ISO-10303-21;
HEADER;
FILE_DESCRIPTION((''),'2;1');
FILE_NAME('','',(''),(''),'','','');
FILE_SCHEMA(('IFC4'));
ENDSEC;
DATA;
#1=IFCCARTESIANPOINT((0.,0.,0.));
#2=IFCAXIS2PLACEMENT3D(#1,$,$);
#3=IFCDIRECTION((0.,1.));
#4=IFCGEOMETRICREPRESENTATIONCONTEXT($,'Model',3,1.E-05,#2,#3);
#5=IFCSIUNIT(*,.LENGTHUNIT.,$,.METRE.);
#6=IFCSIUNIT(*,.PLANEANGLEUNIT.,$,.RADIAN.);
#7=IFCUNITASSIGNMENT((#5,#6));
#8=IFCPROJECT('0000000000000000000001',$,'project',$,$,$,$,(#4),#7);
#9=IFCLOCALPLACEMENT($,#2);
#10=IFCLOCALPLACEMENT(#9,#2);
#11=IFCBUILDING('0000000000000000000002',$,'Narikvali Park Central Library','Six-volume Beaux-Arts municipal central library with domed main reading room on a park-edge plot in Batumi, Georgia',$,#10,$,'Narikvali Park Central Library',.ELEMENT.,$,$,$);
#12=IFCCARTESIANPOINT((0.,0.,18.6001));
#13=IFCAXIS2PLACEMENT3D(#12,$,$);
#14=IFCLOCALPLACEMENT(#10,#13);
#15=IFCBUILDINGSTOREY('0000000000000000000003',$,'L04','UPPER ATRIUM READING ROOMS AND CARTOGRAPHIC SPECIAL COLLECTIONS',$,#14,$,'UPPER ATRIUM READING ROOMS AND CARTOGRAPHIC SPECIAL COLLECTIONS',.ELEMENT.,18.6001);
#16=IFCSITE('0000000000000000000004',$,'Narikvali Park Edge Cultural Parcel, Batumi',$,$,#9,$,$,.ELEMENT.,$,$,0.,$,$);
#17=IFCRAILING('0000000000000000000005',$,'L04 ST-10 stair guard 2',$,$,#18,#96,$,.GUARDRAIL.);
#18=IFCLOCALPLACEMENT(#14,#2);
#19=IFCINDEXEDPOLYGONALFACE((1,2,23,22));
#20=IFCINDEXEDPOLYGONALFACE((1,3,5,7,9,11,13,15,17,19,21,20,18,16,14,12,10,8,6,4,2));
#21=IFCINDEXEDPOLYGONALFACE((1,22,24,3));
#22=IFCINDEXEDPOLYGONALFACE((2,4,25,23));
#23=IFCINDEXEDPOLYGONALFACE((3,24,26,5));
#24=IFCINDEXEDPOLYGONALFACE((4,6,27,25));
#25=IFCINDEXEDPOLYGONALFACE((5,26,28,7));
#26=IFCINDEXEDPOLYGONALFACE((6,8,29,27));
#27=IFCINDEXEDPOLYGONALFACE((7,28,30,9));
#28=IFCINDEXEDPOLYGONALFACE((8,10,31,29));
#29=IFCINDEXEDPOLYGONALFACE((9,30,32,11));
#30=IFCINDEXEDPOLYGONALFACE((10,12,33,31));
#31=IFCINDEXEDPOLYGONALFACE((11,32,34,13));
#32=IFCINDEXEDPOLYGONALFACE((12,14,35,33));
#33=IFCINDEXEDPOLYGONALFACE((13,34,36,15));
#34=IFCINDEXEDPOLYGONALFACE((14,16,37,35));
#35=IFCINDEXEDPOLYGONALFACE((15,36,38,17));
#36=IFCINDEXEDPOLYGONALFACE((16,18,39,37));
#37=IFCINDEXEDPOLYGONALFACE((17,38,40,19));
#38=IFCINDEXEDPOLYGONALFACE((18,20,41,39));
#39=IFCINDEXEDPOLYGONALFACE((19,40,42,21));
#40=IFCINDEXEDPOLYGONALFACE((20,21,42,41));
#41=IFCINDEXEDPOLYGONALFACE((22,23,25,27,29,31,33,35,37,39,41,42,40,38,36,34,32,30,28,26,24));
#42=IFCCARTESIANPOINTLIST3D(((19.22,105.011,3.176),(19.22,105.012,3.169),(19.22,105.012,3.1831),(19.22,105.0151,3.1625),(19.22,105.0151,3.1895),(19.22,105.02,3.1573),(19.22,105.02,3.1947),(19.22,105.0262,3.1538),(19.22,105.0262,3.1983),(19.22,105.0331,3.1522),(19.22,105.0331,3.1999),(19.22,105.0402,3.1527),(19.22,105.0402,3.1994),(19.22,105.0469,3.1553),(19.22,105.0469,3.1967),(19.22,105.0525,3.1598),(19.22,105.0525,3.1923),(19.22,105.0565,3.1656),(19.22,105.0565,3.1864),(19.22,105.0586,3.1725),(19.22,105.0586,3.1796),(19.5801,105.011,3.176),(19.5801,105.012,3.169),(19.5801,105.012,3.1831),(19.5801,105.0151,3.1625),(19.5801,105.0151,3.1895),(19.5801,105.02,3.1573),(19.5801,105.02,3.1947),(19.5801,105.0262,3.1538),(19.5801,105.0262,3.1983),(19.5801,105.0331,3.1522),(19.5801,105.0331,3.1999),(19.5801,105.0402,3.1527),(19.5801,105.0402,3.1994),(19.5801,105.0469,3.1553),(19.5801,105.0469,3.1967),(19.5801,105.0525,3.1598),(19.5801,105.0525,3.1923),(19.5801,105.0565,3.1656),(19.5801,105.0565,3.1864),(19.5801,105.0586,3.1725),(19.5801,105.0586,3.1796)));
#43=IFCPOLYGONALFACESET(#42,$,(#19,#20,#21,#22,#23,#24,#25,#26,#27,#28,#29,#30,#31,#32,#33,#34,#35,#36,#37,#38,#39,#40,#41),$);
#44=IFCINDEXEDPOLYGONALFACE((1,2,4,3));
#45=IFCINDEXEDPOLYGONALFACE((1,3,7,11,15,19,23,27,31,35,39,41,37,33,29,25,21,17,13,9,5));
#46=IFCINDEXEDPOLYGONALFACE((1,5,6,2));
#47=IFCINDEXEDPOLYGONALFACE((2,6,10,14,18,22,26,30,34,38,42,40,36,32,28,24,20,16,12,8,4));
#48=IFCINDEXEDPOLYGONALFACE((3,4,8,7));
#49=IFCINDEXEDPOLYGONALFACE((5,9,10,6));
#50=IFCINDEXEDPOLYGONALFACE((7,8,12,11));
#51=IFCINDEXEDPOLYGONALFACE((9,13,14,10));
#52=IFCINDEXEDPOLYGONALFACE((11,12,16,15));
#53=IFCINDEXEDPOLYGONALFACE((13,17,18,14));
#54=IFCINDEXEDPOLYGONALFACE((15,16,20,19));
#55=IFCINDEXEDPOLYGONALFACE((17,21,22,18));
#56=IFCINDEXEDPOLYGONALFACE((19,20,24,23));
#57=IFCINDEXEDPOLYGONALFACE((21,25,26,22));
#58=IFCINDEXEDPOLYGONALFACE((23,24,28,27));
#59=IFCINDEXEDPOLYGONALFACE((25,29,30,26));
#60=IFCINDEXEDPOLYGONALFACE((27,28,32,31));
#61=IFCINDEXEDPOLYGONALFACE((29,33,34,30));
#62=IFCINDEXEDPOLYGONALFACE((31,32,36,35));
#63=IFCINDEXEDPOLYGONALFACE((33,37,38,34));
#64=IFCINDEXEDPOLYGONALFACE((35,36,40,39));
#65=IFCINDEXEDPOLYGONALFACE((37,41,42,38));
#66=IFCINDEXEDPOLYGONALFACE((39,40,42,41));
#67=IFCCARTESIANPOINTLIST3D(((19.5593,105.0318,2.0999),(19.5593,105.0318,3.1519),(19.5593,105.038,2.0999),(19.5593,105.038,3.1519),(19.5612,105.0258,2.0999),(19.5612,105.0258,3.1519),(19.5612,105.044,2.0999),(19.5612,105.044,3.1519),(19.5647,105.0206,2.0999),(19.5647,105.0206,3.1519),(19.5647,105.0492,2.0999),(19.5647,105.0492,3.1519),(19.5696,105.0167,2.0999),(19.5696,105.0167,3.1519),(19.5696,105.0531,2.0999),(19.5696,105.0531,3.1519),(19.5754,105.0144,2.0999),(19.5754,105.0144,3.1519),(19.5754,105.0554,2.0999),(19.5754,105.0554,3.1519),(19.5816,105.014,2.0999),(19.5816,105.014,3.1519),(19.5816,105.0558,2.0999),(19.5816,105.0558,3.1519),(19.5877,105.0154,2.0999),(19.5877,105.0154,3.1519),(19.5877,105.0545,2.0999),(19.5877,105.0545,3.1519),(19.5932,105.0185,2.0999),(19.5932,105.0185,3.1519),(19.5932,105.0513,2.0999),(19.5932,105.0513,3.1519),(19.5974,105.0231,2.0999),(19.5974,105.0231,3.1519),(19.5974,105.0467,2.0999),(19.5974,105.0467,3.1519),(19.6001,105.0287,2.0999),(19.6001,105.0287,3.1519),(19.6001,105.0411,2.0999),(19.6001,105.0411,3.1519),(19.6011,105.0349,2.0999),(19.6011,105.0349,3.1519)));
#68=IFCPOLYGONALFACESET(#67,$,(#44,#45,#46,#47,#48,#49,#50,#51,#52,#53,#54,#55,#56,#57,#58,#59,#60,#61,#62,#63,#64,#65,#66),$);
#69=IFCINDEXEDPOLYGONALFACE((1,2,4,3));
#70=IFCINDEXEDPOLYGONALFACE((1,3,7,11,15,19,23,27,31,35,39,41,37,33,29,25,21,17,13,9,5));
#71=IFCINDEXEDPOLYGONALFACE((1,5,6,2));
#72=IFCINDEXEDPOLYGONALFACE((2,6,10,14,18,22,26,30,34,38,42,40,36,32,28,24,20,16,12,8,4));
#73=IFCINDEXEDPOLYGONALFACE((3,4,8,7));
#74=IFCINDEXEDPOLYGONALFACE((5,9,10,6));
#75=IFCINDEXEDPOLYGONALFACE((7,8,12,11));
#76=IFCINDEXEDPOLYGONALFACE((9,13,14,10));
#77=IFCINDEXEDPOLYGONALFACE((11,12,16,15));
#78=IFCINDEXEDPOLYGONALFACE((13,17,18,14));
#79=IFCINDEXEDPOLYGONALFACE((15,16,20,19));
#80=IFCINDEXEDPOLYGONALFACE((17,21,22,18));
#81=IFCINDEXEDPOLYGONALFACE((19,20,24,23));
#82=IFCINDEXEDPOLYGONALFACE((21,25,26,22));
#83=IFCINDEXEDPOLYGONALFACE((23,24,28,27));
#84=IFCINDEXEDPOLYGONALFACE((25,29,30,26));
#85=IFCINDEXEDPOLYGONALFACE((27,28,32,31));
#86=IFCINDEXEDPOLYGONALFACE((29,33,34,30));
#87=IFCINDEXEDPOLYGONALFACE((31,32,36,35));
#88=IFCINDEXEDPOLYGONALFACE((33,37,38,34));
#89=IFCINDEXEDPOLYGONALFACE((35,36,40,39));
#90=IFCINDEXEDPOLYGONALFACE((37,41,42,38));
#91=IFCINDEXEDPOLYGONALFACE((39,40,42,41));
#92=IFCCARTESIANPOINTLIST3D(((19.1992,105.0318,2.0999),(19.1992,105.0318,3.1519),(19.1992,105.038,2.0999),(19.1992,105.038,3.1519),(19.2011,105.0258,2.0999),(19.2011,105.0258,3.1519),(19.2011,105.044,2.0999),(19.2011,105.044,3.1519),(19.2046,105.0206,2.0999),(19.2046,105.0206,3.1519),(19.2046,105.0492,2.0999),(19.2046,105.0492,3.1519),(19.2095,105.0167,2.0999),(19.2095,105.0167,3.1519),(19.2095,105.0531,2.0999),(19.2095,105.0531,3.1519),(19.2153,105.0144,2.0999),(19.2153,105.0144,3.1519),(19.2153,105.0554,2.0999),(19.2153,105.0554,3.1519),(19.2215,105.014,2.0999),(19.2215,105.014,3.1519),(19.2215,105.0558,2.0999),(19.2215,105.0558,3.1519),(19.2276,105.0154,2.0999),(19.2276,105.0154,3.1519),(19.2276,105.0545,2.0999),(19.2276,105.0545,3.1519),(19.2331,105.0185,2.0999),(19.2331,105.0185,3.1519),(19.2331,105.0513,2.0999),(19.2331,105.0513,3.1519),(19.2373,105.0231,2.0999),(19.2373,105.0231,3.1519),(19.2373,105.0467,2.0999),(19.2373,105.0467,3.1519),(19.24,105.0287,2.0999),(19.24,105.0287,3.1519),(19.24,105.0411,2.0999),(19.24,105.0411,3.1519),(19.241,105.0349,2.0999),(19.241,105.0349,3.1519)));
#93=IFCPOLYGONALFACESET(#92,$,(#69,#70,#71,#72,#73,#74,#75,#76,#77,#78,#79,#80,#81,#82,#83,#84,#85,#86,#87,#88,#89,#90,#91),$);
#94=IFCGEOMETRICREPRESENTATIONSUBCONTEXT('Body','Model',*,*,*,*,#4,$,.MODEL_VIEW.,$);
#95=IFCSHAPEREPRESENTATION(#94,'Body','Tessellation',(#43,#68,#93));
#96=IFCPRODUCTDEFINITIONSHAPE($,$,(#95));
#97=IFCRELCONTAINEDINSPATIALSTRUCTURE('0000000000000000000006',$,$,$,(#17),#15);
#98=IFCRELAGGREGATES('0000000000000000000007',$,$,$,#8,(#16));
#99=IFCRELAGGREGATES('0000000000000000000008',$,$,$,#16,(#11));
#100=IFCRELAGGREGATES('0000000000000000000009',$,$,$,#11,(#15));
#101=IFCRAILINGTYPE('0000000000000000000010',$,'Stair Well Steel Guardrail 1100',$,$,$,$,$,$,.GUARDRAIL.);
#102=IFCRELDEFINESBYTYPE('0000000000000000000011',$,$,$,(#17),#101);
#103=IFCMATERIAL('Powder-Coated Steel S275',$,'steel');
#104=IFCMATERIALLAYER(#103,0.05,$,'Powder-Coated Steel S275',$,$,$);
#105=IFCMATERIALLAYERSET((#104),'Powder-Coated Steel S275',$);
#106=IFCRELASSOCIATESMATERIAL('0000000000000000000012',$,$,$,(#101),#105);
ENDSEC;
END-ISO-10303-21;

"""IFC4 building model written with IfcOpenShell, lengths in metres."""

from ifc_helpers import new_model, si_unit, direction, frame, origin, origin_2d, place, context, subcontext, project, spatial, circle, extrude, material, layer, layer_set, type_object, element, save


model = new_model("IFC4")

# Units and contexts
model_context = context("Model", 3, precision=1e-05, world=origin(), true_north=direction((0.0, 1.0)))
body_context = subcontext(model_context, "Body", "Model", "MODEL_VIEW")
ifc_project = project(units=[si_unit("LENGTHUNIT", "METRE"), si_unit("PLANEANGLEUNIT", "RADIAN")], contexts=[model_context])

# Site, building, storey
site_placement = place(None, origin())
site = spatial("IfcSite", under=ifc_project, at=site_placement, Name="Narikvali Park Edge Cultural Parcel, Batumi", CompositionType="ELEMENT", RefElevation=0.0)
building_placement = place(site_placement, origin())
building = spatial("IfcBuilding", under=site, at=building_placement, Name="Narikvali Park Central Library", Description="Six-volume Beaux-Arts municipal central library with domed main reading room on a park-edge plot in Batumi, Georgia", LongName="Narikvali Park Central Library", CompositionType="ELEMENT")
storey_placement = place(building_placement, frame((0.0, 0.0, 18.6001)))
storey = spatial("IfcBuildingStorey", under=building, at=storey_placement, Name="L04", Description="UPPER ATRIUM READING ROOMS AND CARTOGRAPHIC SPECIAL COLLECTIONS", LongName="UPPER ATRIUM READING ROOMS AND CARTOGRAPHIC SPECIAL COLLECTIONS", CompositionType="ELEMENT", Elevation=18.6001)

# Railing
ifc_material_1 = material(Name="Powder-Coated Steel S275", Category="steel")
ifc_layer_1 = layer(ifc_material_1, 0.05, Name="Powder-Coated Steel S275")
ifc_layer_set_1 = layer_set([ifc_layer_1], Name="Powder-Coated Steel S275")
railing_type_1 = type_object("IfcRailingType", Name="Stair Well Steel Guardrail 1100", PredefinedType="GUARDRAIL", material=ifc_layer_set_1)
railing_1_placement = place(storey_placement, frame((19.5801, 105.0349, 2.0999)))
element("IfcRailing", 1, at=railing_1_placement, inside=storey, type_object=railing_type_1, Name="L04 ST-10 stair guard 2", PredefinedType="GUARDRAIL", context=body_context, shape_type="SweptSolid", body=[
    extrude(circle(Radius=0.0239, at=origin_2d()), frame((0.0, 0.0, 1.0762), z_axis=(-1.0, 0.0, 0.0), x_axis=(0.0, -1.0, 0.0)), (0.0, 0.0, 1.0), 0.3601),
    extrude(circle(Radius=0.021, at=origin_2d()), origin(), (0.0, 0.0, 1.0), 1.052),
    extrude(circle(Radius=0.021, at=origin_2d()), frame((-0.3601, 0.0, 0.0)), (0.0, 0.0, 1.0), 1.052),
])

save(model, "model.ifc")
